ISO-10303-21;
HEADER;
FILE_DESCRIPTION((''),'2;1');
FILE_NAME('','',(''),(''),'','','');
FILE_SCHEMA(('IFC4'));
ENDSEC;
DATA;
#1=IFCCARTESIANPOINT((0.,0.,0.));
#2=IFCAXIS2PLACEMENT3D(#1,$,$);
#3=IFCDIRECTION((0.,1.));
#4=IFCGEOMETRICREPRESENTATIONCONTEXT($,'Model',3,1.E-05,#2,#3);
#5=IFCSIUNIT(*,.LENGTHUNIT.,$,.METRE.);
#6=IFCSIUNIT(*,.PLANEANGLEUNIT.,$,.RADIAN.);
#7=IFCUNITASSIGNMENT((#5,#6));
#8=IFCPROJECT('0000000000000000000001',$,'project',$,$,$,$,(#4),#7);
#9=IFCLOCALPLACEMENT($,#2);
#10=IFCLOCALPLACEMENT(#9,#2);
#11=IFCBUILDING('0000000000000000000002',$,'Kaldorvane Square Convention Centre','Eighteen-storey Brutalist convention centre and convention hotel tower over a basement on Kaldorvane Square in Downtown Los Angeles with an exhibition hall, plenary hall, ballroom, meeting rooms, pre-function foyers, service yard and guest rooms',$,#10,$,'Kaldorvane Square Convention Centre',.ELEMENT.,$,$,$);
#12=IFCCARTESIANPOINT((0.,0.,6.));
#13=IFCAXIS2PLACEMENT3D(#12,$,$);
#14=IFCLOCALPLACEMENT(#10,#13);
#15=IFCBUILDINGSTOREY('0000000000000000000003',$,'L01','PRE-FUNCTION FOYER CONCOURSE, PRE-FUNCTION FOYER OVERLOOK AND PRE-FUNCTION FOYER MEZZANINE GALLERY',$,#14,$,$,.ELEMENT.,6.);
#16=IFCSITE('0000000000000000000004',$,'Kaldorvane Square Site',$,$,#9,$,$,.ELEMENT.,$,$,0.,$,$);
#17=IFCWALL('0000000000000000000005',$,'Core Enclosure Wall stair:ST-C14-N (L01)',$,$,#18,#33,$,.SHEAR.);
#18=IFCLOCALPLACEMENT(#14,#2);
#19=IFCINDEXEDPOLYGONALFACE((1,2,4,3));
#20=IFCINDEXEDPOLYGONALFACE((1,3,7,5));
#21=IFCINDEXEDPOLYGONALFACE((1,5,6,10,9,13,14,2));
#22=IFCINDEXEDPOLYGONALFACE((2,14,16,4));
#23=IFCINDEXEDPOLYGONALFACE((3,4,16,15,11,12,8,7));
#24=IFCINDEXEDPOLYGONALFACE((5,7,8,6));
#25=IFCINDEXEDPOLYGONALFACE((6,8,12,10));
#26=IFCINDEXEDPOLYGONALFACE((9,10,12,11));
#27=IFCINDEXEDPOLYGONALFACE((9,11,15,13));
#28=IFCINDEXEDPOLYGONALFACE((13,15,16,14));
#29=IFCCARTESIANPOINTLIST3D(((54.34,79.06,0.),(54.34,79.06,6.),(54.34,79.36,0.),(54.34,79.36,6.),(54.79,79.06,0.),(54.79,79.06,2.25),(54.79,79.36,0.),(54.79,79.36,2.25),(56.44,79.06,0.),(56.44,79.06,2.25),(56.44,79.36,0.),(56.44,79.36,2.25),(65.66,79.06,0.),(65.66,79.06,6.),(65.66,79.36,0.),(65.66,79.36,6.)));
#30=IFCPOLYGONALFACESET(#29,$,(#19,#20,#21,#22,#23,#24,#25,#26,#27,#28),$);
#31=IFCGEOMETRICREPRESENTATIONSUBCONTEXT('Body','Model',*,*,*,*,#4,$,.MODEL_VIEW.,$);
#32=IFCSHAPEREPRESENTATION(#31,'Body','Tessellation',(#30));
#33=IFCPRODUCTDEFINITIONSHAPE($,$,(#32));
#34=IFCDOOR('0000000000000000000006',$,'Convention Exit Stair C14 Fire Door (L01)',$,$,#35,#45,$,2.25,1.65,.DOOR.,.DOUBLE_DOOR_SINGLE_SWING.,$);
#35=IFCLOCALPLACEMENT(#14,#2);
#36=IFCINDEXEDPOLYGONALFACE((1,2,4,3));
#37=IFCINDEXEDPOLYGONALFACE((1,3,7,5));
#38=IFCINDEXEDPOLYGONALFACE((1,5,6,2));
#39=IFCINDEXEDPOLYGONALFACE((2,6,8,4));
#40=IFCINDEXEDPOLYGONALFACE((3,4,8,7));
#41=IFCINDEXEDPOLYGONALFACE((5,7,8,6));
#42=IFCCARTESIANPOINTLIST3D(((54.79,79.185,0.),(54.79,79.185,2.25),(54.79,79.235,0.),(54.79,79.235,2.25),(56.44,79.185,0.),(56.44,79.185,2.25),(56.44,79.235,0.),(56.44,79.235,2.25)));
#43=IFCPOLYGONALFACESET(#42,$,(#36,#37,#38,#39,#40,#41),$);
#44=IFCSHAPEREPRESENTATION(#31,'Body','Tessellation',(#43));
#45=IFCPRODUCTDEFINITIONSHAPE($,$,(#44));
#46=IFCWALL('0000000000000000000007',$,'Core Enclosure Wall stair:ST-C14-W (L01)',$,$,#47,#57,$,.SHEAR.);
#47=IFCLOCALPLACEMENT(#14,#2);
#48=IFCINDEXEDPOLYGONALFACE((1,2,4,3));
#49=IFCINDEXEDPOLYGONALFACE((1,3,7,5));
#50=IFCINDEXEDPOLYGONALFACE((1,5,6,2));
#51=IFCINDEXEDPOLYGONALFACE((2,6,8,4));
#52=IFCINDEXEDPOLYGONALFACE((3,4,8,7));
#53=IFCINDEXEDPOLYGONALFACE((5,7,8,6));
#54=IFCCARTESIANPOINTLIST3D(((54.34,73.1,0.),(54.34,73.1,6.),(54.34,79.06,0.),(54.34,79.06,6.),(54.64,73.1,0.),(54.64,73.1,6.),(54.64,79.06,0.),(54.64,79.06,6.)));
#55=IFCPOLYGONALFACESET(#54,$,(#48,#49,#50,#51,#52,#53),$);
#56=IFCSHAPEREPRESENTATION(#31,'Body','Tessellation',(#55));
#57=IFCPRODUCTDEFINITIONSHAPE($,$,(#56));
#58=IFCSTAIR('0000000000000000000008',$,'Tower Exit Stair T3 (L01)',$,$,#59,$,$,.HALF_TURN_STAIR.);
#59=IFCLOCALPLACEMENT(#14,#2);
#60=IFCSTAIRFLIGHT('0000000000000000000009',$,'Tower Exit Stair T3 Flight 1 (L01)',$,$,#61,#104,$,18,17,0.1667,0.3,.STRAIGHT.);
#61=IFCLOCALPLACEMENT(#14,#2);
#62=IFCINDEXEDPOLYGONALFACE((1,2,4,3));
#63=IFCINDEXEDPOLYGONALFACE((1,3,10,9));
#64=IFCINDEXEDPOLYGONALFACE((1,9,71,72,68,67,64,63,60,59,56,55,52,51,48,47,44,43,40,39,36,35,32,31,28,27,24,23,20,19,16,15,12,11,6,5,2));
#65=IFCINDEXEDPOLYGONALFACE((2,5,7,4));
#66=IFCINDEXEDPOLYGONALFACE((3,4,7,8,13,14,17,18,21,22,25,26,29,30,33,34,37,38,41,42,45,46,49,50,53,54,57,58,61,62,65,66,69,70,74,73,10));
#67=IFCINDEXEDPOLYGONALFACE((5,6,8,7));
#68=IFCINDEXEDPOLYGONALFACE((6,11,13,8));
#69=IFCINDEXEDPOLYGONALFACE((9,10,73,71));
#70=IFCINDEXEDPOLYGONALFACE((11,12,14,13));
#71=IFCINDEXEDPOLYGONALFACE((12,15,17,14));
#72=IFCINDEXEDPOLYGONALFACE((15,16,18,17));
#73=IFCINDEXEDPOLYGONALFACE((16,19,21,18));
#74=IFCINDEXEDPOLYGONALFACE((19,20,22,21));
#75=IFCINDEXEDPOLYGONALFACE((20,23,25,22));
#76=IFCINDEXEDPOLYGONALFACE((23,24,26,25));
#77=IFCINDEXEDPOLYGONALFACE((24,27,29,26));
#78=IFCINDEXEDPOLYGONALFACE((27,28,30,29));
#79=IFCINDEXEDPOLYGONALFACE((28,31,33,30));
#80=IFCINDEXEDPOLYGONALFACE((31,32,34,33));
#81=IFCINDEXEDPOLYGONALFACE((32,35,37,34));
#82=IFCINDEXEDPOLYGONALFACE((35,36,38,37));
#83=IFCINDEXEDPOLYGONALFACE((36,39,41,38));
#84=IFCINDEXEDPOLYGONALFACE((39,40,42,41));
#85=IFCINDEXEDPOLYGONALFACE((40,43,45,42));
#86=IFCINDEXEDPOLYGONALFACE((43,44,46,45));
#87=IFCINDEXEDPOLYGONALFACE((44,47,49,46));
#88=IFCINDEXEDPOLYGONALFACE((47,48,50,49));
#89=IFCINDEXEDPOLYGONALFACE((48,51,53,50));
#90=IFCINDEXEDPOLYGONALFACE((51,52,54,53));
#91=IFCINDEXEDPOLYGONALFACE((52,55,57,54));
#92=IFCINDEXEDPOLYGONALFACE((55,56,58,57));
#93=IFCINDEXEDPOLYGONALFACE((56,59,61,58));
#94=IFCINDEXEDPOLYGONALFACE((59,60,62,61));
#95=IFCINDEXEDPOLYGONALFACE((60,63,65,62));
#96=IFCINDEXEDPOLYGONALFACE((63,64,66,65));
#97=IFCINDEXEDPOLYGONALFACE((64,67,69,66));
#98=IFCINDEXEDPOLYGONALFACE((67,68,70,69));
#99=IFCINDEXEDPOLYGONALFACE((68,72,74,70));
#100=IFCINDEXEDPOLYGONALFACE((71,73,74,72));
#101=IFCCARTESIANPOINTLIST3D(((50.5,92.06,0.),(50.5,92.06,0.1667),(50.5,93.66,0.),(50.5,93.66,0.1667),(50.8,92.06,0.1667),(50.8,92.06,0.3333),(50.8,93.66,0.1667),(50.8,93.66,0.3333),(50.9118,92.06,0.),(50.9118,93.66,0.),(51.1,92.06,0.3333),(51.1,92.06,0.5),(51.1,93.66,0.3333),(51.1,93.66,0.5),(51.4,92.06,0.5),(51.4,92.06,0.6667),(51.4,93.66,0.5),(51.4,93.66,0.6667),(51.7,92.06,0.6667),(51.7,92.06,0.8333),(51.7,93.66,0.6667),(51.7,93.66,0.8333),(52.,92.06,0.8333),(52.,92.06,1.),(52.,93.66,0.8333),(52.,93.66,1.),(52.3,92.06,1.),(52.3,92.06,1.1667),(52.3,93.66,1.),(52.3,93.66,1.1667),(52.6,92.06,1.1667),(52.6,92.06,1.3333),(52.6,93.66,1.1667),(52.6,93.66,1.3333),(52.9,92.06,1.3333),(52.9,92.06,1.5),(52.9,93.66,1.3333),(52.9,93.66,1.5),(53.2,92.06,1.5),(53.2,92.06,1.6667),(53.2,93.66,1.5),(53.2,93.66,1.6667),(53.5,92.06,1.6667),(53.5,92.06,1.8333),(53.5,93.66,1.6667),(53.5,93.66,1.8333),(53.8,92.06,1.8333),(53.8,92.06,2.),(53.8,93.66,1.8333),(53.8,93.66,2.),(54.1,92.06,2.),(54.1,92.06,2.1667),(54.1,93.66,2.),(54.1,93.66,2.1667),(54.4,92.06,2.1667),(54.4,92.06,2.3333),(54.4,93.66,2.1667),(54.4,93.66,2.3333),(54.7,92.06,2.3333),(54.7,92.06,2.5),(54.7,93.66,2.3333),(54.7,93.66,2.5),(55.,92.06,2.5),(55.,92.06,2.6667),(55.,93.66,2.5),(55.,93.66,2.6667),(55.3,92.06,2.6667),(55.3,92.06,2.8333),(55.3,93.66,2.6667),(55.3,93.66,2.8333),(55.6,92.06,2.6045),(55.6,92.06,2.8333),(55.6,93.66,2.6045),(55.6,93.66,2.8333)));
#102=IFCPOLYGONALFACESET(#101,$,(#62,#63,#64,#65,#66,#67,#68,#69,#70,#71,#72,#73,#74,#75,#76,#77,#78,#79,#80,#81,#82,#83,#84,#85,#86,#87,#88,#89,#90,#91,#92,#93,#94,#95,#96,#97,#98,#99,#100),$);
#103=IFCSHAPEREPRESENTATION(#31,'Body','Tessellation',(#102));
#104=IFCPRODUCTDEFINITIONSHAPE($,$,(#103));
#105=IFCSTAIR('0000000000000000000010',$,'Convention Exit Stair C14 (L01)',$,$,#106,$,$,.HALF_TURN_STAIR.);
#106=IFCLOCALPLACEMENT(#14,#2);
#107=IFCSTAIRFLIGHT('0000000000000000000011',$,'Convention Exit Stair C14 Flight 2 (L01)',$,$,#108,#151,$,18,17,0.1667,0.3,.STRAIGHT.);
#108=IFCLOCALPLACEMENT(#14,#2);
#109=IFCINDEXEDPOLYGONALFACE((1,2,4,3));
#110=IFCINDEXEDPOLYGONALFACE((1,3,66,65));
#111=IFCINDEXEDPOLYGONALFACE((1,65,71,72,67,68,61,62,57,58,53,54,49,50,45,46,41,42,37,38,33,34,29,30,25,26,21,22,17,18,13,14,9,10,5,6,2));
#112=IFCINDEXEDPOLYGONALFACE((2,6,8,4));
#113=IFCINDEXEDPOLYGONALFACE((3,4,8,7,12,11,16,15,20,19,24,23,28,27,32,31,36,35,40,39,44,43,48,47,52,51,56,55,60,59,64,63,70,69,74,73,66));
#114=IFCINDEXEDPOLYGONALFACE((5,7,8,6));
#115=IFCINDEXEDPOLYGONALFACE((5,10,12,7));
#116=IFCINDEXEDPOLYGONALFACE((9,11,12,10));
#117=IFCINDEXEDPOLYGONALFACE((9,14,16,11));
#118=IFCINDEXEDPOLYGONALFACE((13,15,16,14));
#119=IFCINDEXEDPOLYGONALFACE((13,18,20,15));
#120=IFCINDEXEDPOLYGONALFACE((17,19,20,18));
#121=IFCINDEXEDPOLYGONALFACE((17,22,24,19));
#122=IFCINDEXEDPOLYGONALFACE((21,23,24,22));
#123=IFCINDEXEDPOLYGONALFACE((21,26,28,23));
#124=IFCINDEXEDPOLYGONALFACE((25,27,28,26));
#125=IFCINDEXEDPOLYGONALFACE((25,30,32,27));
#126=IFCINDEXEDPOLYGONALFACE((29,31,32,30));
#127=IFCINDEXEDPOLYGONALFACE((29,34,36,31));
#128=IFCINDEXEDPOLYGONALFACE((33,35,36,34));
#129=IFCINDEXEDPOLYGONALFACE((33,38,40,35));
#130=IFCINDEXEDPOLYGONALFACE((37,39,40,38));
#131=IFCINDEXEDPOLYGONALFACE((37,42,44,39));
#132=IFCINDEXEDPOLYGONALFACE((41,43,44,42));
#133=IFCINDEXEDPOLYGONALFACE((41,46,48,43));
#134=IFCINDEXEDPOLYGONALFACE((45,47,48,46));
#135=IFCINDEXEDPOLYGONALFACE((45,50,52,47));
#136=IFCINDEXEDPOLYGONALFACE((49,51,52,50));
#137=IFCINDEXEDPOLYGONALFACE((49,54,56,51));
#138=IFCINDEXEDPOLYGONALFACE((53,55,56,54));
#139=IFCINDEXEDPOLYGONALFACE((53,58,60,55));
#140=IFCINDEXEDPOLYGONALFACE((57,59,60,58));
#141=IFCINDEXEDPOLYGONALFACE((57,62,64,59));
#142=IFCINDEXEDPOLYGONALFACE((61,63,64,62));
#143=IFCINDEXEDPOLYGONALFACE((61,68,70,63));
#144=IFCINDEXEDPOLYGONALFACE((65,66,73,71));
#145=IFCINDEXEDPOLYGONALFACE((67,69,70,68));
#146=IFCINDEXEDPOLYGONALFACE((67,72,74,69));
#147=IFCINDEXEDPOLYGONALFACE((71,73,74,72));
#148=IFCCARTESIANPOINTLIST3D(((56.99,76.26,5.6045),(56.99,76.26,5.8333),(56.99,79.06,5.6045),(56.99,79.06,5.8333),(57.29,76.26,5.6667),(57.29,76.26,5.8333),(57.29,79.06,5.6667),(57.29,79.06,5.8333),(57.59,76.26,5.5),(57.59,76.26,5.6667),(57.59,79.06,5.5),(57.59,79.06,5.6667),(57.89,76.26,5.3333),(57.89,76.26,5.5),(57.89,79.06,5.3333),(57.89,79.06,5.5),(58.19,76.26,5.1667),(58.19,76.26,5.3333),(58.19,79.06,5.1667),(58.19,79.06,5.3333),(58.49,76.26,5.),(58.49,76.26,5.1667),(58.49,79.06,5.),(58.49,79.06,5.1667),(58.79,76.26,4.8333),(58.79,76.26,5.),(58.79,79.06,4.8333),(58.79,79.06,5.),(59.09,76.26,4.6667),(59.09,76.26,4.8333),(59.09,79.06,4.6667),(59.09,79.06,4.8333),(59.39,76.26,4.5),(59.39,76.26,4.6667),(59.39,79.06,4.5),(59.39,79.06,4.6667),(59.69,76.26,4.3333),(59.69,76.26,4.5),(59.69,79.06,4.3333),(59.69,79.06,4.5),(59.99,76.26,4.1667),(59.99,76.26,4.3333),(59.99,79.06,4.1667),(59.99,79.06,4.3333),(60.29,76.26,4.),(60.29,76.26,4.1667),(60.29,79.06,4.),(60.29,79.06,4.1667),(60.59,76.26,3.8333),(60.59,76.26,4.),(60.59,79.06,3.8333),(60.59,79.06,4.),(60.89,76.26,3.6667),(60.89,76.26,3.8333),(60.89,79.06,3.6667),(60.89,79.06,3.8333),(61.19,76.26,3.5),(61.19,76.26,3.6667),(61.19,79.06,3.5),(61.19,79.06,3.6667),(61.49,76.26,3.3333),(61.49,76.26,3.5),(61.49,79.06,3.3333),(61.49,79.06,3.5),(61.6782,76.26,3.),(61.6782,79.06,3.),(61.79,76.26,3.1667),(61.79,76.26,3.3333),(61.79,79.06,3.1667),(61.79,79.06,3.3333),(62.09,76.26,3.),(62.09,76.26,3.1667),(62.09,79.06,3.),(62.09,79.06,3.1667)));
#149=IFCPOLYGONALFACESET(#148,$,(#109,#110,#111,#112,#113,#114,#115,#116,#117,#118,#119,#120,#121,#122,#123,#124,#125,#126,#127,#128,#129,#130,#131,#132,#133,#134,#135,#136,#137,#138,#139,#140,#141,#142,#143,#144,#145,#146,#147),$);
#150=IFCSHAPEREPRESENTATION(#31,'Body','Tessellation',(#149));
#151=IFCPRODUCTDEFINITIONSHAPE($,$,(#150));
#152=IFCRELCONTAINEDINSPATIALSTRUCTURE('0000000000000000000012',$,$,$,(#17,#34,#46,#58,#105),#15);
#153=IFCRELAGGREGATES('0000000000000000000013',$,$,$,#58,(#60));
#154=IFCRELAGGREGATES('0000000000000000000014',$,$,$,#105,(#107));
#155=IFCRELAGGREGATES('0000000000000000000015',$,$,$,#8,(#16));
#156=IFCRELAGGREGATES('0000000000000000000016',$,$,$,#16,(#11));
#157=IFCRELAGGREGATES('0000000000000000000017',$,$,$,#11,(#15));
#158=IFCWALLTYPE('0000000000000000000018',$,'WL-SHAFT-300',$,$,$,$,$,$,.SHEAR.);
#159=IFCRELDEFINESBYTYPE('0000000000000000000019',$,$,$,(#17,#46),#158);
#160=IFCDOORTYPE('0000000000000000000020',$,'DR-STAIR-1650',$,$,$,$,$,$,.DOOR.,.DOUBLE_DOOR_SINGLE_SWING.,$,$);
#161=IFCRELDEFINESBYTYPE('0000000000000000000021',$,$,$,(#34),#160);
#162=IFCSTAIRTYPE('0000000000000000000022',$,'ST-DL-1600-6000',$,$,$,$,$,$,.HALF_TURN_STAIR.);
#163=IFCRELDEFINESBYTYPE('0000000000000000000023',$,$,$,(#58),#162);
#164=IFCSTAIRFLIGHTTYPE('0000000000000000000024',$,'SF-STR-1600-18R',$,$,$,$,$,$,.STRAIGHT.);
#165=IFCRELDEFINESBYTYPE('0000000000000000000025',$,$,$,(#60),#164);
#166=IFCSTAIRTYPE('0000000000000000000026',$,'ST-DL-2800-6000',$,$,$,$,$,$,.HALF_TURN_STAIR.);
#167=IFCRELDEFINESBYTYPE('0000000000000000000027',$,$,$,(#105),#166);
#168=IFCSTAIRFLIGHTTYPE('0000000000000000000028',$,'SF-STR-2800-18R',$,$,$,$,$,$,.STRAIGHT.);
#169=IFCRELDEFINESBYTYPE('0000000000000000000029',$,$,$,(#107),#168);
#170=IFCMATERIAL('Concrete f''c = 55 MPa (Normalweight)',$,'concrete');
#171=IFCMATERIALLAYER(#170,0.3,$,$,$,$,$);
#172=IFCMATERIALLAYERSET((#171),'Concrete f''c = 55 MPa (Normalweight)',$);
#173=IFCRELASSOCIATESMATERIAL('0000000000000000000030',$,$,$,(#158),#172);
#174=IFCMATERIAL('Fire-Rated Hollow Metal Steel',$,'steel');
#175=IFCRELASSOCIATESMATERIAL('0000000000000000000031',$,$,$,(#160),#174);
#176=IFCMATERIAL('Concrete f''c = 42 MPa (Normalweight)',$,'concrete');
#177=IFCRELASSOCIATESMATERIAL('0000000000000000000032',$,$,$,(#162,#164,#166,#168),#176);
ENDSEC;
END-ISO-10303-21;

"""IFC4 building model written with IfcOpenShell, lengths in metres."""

from ifc_helpers import new_model, si_unit, direction, frame, frame_2d, origin, place, context, subcontext, project, spatial, polyline, rectangle, outline, extrude, material, layer, layer_set, type_object, element, fill, aggregate, save


model = new_model("IFC4")

# Units and contexts
model_context = context("Model", 3, precision=1e-05, world=origin(), true_north=direction((0.0, 1.0)))
body_context = subcontext(model_context, "Body", "Model", "MODEL_VIEW")
ifc_project = project(units=[si_unit("LENGTHUNIT", "METRE"), si_unit("PLANEANGLEUNIT", "RADIAN")], contexts=[model_context])

# Site, building, storey
site_placement = place(None, origin())
site = spatial("IfcSite", under=ifc_project, at=site_placement, Name="Kaldorvane Square Site", CompositionType="ELEMENT", RefElevation=0.0)
building_placement = place(site_placement, origin())
building = spatial("IfcBuilding", under=site, at=building_placement, Name="Kaldorvane Square Convention Centre", Description="Eighteen-storey Brutalist convention centre and convention hotel tower over a basement on Kaldorvane Square in Downtown Los Angeles with an exhibition hall, plenary hall, ballroom, meeting rooms, pre-function foyers, service yard and guest rooms", LongName="Kaldorvane Square Convention Centre", CompositionType="ELEMENT")
storey_placement = place(building_placement, frame((0.0, 0.0, 6.0)))
storey = spatial("IfcBuildingStorey", under=building, at=storey_placement, Name="L01", Description="PRE-FUNCTION FOYER CONCOURSE, PRE-FUNCTION FOYER OVERLOOK AND PRE-FUNCTION FOYER MEZZANINE GALLERY", CompositionType="ELEMENT", Elevation=6.0)

# Shared definitions
ifc_material_1 = material(Name="Concrete f'c = 55 MPa (Normalweight)", Category="concrete")

# Shared definitions
ifc_layer_1 = layer(ifc_material_1, 0.3)
ifc_layer_set_1 = layer_set([ifc_layer_1], Name="Concrete f'c = 55 MPa (Normalweight)")
wall_type_1 = type_object("IfcWallType", Name="WL-SHAFT-300", PredefinedType="SHEAR", material=ifc_layer_set_1)

# Wall, opening, door
wall_1_placement = place(storey_placement, frame((65.66, 79.21, 0.0), z_axis=(0.0, 0.0, 1.0), x_axis=(-1.0, 0.0, 0.0)))
wall_1 = element("IfcWall", 1, at=wall_1_placement, inside=storey, type_object=wall_type_1, Name="Core Enclosure Wall stair:ST-C14-N (L01)", PredefinedType="SHEAR", context=body_context, shape_type="SweptSolid", body=[
    extrude(rectangle(XDim=11.32, YDim=0.3, at=frame_2d((5.66, 0.0))), origin(), (0.0, 0.0, 1.0), 6.0),
])
opening_1_placement = place(wall_1_placement, frame((9.22, 0.0, 0.0)))
opening_1 = element("IfcOpeningElement", 2, at=opening_1_placement, cuts=wall_1, PredefinedType="OPENING", context=body_context, shape_type="SweptSolid", body=[
    extrude(rectangle(XDim=1.65, YDim=2.25, at=frame_2d((0.825, 1.125))), frame((0.0, 0.165, 0.0), z_axis=(0.0, -1.0, 0.0), x_axis=(1.0, 0.0, 0.0)), (0.0, 0.0, 1.0), 0.33),
])
ifc_material_2 = material(Name="Fire-Rated Hollow Metal Steel", Category="steel")
door_type_1 = type_object("IfcDoorType", Name="DR-STAIR-1650", OperationType="DOUBLE_DOOR_SINGLE_SWING", PredefinedType="DOOR", material=ifc_material_2)
door_1_placement = place(opening_1_placement, origin())
door_1 = element("IfcDoor", 3, at=door_1_placement, inside=storey, type_object=door_type_1, Name="Convention Exit Stair C14 Fire Door (L01)", OperationType="DOUBLE_DOOR_SINGLE_SWING", OverallHeight=2.25, OverallWidth=1.65, PredefinedType="DOOR", context=body_context, shape_type="SweptSolid", body=[
    extrude(rectangle(XDim=1.65, YDim=2.25, at=frame_2d((0.825, 1.125))), frame((0.0, 0.025, 0.0), z_axis=(0.0, -1.0, 0.0), x_axis=(1.0, 0.0, 0.0)), (0.0, 0.0, 1.0), 0.05),
])
fill(opening_1, door_1)

# Wall
wall_2_placement = place(storey_placement, frame((54.49, 79.06, 0.0), z_axis=(0.0, 0.0, 1.0), x_axis=(0.0, -1.0, 0.0)))
element("IfcWall", 4, at=wall_2_placement, inside=storey, type_object=wall_type_1, Name="Core Enclosure Wall stair:ST-C14-W (L01)", PredefinedType="SHEAR", context=body_context, shape_type="SweptSolid", body=[
    extrude(rectangle(XDim=5.96, YDim=0.3, at=frame_2d((2.98, 0.0))), origin(), (0.0, 0.0, 1.0), 6.0),
])

# Stairs, stair flights
ifc_material_3 = material(Name="Concrete f'c = 42 MPa (Normalweight)", Category="concrete")
stair_type_1 = type_object("IfcStairType", Name="ST-DL-1600-6000", PredefinedType="HALF_TURN_STAIR", material=ifc_material_3)
stair_1_placement = place(storey_placement, origin())
stair_1 = element("IfcStair", 5, at=stair_1_placement, inside=storey, type_object=stair_type_1, Name="Tower Exit Stair T3 (L01)", PredefinedType="HALF_TURN_STAIR")
stair_flight_type_1 = type_object("IfcStairFlightType", Name="SF-STR-1600-18R", PredefinedType="STRAIGHT", material=ifc_material_3)
stair_flight_1_placement = place(storey_placement, frame((50.5, 92.86, 0.0), z_axis=(0.0, 0.0, 1.0), x_axis=(1.0, 0.0, 0.0)))
stair_flight_1 = element("IfcStairFlight", 6, at=stair_flight_1_placement, type_object=stair_flight_type_1, Name="Tower Exit Stair T3 Flight 1 (L01)", NumberOfRisers=18, NumberOfTreads=17, PredefinedType="STRAIGHT", RiserHeight=0.1667, TreadLength=0.3, context=body_context, shape_type="SweptSolid", body=[
    extrude(outline(polyline([(0.0, 0.0), (0.0, 0.1667), (0.3, 0.1667), (0.3, 0.3333), (0.6, 0.3333), (0.6, 0.5), (0.9, 0.5), (0.9, 0.6667), (1.2, 0.6667), (1.2, 0.8333), (1.5, 0.8333), (1.5, 1.0), (1.8, 1.0), (1.8, 1.1667), (2.1, 1.1667), (2.1, 1.3333), (2.4, 1.3333), (2.4, 1.5), (2.7, 1.5), (2.7, 1.6667), (3.0, 1.6667), (3.0, 1.8333), (3.3, 1.8333), (3.3, 2.0), (3.6, 2.0), (3.6, 2.1667), (3.9, 2.1667), (3.9, 2.3333), (4.2, 2.3333), (4.2, 2.5), (4.5, 2.5), (4.5, 2.6667), (4.8, 2.6667), (4.8, 2.8333), (5.1, 2.8333), (5.1, 3.0), (5.1, 2.6045), (0.4118, 0.0), (0.0, 0.0)])), frame((0.0, 0.8, 0.0), z_axis=(0.0, -1.0, 0.0), x_axis=(1.0, 0.0, 0.0)), (0.0, 0.0, 1.0), 1.6),
])
aggregate(stair_1, [stair_flight_1])
stair_type_2 = type_object("IfcStairType", Name="ST-DL-2800-6000", PredefinedType="HALF_TURN_STAIR", material=ifc_material_3)
stair_2_placement = place(storey_placement, origin())
stair_2 = element("IfcStair", 7, at=stair_2_placement, inside=storey, type_object=stair_type_2, Name="Convention Exit Stair C14 (L01)", PredefinedType="HALF_TURN_STAIR")
stair_flight_type_2 = type_object("IfcStairFlightType", Name="SF-STR-2800-18R", PredefinedType="STRAIGHT", material=ifc_material_3)
stair_flight_2_placement = place(storey_placement, frame((62.09, 77.66, 3.0), z_axis=(0.0, 0.0, 1.0), x_axis=(-1.0, 0.0, 0.0)))
stair_flight_2 = element("IfcStairFlight", 8, at=stair_flight_2_placement, type_object=stair_flight_type_2, Name="Convention Exit Stair C14 Flight 2 (L01)", NumberOfRisers=18, NumberOfTreads=17, PredefinedType="STRAIGHT", RiserHeight=0.1667, TreadLength=0.3, context=body_context, shape_type="SweptSolid", body=[
    extrude(outline(polyline([(0.0, 0.0), (0.0, 0.1667), (0.3, 0.1667), (0.3, 0.3333), (0.6, 0.3333), (0.6, 0.5), (0.9, 0.5), (0.9, 0.6667), (1.2, 0.6667), (1.2, 0.8333), (1.5, 0.8333), (1.5, 1.0), (1.8, 1.0), (1.8, 1.1667), (2.1, 1.1667), (2.1, 1.3333), (2.4, 1.3333), (2.4, 1.5), (2.7, 1.5), (2.7, 1.6667), (3.0, 1.6667), (3.0, 1.8333), (3.3, 1.8333), (3.3, 2.0), (3.6, 2.0), (3.6, 2.1667), (3.9, 2.1667), (3.9, 2.3333), (4.2, 2.3333), (4.2, 2.5), (4.5, 2.5), (4.5, 2.6667), (4.8, 2.6667), (4.8, 2.8333), (5.1, 2.8333), (5.1, 3.0), (5.1, 2.6045), (0.4118, 0.0), (0.0, 0.0)])), frame((0.0, 1.4, 0.0), z_axis=(0.0, -1.0, 0.0), x_axis=(1.0, 0.0, 0.0)), (0.0, 0.0, 1.0), 2.8),
])
aggregate(stair_2, [stair_flight_2])

save(model, "model.ifc")
